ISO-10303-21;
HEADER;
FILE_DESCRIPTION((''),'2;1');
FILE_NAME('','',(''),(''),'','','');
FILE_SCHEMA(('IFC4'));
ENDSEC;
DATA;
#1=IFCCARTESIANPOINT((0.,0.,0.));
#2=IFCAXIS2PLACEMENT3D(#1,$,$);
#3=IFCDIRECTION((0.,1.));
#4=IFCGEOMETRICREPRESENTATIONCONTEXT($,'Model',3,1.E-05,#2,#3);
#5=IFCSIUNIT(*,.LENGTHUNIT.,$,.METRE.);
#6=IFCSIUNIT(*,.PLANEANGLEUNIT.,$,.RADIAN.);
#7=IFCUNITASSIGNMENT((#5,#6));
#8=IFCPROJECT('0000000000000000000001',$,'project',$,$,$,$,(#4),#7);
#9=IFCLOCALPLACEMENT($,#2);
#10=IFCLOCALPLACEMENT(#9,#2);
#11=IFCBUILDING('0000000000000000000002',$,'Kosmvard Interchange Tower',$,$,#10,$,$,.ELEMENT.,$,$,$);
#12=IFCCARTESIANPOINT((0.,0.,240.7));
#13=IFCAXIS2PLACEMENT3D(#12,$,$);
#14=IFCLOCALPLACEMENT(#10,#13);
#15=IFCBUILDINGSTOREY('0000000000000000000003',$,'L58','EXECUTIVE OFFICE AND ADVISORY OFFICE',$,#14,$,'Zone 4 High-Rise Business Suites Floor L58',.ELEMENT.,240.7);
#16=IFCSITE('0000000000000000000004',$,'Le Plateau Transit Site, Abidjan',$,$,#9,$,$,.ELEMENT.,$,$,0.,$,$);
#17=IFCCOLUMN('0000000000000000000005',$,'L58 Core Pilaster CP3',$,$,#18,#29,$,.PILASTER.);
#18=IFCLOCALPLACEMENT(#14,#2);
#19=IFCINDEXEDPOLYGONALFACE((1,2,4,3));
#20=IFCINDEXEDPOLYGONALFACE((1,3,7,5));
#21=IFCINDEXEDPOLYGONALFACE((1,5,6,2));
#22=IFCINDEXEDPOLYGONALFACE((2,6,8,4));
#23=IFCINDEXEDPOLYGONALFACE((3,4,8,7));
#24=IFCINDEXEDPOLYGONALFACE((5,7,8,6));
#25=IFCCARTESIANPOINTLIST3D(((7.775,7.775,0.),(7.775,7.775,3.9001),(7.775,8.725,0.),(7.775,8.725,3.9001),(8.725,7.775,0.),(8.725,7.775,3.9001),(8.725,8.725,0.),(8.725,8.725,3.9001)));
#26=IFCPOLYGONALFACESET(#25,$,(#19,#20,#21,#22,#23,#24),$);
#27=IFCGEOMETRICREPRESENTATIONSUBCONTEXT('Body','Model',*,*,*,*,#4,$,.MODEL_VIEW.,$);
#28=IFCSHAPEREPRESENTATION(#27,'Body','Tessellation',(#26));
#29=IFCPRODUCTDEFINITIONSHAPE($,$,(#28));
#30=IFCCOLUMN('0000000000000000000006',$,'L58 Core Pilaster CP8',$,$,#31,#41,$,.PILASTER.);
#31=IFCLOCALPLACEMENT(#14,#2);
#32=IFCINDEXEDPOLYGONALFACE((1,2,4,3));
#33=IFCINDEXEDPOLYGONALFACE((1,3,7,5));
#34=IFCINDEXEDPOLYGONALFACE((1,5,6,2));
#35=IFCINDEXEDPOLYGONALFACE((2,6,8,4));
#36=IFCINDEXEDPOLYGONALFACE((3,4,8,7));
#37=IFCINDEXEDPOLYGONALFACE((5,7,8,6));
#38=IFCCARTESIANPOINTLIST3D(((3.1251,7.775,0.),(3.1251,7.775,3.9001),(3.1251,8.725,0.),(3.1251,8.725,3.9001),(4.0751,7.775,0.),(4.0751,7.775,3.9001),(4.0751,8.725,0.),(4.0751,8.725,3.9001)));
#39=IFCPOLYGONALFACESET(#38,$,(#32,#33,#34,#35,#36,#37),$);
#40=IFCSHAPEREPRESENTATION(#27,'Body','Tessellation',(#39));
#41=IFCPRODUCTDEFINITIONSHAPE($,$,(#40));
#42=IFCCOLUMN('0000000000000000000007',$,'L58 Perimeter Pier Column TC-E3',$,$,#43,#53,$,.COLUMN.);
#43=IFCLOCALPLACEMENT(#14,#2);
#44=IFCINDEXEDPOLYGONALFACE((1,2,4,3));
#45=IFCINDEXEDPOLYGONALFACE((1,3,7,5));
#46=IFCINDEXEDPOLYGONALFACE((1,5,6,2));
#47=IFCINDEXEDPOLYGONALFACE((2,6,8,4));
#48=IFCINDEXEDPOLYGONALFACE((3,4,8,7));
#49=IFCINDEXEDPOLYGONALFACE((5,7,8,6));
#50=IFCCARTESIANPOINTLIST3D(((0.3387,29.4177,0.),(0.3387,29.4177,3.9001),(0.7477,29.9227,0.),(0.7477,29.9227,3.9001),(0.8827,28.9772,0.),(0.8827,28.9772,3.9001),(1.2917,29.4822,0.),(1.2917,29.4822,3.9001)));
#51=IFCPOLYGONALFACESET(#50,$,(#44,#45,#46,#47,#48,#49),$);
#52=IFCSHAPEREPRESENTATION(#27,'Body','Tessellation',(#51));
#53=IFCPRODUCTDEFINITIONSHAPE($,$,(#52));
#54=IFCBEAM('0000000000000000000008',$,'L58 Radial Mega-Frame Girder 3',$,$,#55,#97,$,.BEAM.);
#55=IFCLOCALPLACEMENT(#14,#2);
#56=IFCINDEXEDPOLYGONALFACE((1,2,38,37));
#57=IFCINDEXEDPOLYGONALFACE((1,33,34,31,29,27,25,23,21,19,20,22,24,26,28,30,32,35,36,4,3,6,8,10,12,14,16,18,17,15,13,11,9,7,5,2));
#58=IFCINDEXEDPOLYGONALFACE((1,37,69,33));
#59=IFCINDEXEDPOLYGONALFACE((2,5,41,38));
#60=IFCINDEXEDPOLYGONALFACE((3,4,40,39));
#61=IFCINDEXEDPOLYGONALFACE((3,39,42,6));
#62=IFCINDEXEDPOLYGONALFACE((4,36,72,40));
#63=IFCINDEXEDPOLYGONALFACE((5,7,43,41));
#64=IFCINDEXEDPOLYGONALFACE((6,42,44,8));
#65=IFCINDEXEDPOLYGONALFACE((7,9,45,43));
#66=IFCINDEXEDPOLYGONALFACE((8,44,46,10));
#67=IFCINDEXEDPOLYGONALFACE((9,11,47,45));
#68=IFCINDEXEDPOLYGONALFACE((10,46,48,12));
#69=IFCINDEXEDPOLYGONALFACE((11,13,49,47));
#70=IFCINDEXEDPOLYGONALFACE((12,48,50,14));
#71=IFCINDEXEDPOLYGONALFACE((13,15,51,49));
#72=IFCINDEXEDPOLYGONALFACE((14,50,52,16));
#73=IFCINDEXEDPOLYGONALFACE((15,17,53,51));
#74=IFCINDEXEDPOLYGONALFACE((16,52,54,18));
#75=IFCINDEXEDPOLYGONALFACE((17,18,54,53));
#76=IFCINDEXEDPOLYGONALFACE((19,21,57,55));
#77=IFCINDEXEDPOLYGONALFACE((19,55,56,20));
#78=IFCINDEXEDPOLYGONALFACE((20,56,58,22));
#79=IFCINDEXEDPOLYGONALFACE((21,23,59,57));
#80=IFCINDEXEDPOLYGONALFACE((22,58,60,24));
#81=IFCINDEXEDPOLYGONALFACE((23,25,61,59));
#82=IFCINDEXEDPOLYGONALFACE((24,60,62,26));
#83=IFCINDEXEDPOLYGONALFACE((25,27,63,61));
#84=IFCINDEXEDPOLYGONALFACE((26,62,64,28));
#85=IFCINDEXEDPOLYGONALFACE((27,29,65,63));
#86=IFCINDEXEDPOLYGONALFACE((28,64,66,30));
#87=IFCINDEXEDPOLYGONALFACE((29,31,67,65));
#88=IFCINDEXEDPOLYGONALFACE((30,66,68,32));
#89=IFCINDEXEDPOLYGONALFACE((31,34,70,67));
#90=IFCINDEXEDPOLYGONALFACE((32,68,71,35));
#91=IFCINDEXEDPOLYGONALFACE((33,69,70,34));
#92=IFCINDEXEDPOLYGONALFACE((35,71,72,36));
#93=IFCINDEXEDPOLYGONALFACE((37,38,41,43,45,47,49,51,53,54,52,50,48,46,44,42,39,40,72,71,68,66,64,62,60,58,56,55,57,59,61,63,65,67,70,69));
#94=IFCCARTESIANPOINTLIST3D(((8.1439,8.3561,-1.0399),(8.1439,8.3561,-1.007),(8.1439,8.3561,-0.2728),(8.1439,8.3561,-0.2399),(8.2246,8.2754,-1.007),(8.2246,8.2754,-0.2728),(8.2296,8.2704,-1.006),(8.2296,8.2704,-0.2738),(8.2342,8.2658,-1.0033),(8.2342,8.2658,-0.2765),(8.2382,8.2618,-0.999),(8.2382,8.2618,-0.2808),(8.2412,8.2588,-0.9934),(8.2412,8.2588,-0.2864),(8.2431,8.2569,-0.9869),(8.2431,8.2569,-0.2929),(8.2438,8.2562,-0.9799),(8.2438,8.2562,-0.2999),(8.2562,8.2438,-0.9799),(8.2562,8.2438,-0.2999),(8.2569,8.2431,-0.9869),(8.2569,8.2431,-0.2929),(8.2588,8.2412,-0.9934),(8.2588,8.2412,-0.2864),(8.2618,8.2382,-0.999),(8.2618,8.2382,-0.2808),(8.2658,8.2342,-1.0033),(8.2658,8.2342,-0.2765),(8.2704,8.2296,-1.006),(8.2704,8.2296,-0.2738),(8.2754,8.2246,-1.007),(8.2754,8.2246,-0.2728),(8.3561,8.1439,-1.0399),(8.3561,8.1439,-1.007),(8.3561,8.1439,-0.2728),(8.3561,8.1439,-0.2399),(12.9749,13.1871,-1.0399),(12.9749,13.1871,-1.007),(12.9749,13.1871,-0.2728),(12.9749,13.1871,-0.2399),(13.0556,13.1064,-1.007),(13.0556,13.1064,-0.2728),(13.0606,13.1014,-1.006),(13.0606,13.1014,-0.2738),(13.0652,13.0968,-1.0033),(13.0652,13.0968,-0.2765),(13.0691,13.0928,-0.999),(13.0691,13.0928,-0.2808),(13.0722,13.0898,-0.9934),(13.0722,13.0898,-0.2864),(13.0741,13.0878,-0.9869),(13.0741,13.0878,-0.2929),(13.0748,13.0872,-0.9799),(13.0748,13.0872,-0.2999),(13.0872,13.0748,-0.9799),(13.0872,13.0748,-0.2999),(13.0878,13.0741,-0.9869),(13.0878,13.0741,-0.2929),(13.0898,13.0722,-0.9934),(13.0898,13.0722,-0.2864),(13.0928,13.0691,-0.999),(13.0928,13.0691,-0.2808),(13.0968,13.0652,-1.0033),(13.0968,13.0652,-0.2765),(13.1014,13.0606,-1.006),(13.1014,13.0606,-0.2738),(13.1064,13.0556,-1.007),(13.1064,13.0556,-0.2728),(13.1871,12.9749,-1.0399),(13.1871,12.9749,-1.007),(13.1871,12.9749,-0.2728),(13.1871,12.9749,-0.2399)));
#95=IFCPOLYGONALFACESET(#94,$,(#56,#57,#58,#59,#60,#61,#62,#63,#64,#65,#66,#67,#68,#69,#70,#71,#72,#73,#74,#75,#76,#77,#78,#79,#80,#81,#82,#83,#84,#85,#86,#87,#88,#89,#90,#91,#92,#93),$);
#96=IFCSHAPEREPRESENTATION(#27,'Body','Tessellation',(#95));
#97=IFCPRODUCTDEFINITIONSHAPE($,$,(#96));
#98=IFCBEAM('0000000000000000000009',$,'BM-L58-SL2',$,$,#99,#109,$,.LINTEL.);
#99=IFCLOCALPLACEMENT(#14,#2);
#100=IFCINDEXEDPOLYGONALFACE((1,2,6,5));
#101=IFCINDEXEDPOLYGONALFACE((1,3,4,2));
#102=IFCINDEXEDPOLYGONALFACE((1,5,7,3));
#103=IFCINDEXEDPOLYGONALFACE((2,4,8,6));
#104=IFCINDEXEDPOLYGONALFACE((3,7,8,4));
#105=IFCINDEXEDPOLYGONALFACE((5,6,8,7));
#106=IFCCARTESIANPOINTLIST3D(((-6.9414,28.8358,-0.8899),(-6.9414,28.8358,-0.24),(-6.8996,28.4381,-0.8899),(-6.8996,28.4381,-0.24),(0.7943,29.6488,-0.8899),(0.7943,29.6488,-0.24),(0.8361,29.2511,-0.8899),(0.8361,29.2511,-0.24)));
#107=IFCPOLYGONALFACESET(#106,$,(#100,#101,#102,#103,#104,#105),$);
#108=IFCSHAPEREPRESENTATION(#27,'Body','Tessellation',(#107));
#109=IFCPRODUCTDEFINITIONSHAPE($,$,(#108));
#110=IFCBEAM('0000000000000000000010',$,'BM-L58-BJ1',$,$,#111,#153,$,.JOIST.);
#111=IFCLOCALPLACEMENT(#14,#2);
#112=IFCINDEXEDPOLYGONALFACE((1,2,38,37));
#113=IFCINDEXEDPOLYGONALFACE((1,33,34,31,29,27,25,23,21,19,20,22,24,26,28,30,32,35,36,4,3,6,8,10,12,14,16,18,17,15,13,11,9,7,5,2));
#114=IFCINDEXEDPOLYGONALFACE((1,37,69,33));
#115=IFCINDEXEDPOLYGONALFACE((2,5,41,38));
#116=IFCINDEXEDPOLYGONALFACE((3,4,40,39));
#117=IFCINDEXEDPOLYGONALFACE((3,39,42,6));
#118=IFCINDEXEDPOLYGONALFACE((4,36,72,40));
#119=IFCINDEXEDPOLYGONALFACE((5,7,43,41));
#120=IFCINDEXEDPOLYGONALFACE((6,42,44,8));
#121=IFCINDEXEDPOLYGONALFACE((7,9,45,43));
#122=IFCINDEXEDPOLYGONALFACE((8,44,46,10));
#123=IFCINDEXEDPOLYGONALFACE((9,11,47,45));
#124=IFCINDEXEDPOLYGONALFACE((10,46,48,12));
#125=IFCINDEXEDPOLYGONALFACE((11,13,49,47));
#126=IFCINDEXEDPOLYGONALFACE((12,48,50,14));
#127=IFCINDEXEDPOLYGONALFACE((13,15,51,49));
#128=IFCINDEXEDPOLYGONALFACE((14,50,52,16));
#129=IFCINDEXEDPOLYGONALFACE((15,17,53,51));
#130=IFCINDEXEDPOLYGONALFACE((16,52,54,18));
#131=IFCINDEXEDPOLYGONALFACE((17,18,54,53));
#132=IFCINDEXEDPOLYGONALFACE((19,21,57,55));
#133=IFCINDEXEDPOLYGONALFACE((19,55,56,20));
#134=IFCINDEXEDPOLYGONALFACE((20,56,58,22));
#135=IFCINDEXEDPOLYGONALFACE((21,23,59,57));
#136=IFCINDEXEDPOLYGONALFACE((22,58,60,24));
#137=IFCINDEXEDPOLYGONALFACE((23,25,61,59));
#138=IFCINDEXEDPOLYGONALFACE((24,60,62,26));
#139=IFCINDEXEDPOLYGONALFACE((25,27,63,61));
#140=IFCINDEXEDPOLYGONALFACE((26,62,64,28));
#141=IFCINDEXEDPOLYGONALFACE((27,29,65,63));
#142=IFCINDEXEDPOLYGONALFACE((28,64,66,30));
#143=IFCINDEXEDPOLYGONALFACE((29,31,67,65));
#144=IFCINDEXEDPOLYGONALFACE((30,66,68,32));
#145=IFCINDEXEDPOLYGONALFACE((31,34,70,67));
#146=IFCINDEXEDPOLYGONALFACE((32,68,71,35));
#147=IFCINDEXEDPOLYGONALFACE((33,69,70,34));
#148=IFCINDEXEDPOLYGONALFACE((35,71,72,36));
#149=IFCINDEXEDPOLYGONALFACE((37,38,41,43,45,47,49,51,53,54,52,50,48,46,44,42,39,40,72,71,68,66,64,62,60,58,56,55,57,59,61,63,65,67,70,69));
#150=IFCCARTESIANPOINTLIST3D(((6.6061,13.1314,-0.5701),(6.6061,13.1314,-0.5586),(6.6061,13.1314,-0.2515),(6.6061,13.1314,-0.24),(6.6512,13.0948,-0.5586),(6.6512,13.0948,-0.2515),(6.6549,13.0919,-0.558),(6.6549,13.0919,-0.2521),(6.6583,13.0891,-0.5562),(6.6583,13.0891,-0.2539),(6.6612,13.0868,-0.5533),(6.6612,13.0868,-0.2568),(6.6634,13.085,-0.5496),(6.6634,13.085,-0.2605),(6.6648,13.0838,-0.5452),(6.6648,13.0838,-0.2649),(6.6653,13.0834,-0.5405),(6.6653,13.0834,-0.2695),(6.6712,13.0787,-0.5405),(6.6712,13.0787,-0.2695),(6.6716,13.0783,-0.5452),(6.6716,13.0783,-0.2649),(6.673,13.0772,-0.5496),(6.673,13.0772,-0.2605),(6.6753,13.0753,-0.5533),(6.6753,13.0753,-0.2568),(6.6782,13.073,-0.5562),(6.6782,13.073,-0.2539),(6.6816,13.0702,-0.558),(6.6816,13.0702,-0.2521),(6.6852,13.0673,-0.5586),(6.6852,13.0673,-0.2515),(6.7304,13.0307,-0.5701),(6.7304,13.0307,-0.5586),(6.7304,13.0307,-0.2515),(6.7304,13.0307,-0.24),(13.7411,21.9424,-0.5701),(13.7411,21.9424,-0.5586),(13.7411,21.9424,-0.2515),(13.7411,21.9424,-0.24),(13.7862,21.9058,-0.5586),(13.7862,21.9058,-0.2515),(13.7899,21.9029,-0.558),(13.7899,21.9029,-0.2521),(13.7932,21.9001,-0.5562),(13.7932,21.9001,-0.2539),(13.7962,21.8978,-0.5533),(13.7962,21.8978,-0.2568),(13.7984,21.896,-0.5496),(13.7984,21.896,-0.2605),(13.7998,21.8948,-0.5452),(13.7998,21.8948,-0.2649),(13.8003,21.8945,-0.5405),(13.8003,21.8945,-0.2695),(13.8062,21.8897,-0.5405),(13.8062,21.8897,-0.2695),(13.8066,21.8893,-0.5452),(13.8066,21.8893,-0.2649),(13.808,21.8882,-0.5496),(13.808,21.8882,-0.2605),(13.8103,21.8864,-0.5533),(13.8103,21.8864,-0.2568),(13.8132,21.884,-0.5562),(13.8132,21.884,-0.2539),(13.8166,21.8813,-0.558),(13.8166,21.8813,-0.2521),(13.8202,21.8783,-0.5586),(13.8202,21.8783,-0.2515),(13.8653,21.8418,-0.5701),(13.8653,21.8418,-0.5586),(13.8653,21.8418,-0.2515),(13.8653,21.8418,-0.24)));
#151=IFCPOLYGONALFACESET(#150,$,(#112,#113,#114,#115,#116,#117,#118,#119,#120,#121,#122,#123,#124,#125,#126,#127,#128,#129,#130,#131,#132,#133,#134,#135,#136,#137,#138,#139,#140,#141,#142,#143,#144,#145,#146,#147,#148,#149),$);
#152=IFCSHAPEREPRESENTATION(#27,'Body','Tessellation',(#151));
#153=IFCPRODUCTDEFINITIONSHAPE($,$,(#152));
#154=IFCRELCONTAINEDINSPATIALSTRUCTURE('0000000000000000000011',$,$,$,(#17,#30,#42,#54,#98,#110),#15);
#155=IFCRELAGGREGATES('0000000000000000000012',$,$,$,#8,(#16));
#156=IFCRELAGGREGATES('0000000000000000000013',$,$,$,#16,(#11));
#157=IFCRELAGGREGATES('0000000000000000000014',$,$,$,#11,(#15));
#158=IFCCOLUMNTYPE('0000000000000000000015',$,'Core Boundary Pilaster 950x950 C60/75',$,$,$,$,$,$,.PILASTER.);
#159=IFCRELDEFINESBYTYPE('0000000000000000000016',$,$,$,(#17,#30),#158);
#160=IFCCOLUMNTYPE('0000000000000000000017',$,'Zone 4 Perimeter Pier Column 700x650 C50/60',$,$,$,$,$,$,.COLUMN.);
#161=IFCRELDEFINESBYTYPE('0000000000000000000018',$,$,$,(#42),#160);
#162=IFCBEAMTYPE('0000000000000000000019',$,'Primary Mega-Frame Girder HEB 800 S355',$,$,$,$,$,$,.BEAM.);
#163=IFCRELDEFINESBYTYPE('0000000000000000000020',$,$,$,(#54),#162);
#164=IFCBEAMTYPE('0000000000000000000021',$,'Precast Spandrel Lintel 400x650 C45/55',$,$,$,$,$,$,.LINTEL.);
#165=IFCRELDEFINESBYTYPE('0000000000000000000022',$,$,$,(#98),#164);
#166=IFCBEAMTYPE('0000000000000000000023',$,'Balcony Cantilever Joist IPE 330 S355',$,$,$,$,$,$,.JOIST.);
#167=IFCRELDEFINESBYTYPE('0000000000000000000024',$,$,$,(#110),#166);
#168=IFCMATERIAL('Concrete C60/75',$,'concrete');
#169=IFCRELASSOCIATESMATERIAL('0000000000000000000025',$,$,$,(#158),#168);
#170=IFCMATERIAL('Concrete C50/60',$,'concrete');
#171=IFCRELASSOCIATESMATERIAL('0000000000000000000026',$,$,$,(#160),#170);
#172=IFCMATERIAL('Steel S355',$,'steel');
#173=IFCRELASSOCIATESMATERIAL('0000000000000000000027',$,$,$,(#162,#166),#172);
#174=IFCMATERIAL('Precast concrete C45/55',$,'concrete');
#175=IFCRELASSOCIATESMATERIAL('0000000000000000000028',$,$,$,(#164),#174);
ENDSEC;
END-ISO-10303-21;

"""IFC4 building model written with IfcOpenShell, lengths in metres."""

from ifc_helpers import new_model, si_unit, direction, frame, origin, origin_2d, place, context, subcontext, project, spatial, rectangle, i_section, extrude, source, transform, mapped, material, material_profile, profile_set, type_object, element, save


model = new_model("IFC4")

# Units and contexts
model_context = context("Model", 3, precision=1e-05, world=origin(), true_north=direction((0.0, 1.0)))
body_context = subcontext(model_context, "Body", "Model", "MODEL_VIEW")
ifc_project = project(units=[si_unit("LENGTHUNIT", "METRE"), si_unit("PLANEANGLEUNIT", "RADIAN")], contexts=[model_context])

# Site, building, storey
site_placement = place(None, origin())
site = spatial("IfcSite", under=ifc_project, at=site_placement, Name="Le Plateau Transit Site, Abidjan", CompositionType="ELEMENT", RefElevation=0.0)
building_placement = place(site_placement, origin())
building = spatial("IfcBuilding", under=site, at=building_placement, Name="Kosmvard Interchange Tower", CompositionType="ELEMENT")
storey_placement = place(building_placement, frame((0.0, 0.0, 240.7)))
storey = spatial("IfcBuildingStorey", under=building, at=storey_placement, Name="L58", Description="EXECUTIVE OFFICE AND ADVISORY OFFICE", LongName="Zone 4 High-Rise Business Suites Floor L58", CompositionType="ELEMENT", Elevation=240.7)

# Columns
ifc_material_1 = material(Name="Concrete C60/75", Category="concrete")
ifc_material_profile_1 = material_profile(ifc_material_1, rectangle(XDim=0.95, YDim=0.95, at=origin_2d()), Name="CP 950x950")
ifc_profile_set_1 = profile_set([ifc_material_profile_1], Name="Concrete C60/75")
column_type_1 = type_object("IfcColumnType", Name="Core Boundary Pilaster 950x950 C60/75", PredefinedType="PILASTER", material=ifc_profile_set_1)
shared_shape_1 = source(origin(), body_context, "Body", "SweptSolid", [
    extrude(rectangle(XDim=0.95, YDim=0.95, at=origin_2d()), origin(), (0.0, 0.0, 1.0), 3.9001),
])
for number, where, z_axis, x_axis, name in (
    (1, (8.25, 8.25, 0.0), (0.0, 0.0, 1.0), (1.0, 0.0, 0.0), "L58 Core Pilaster CP3"),
    (2, (3.6001, 8.25, 0.0), (0.0, 0.0, 1.0), (1.0, 0.0, 0.0), "L58 Core Pilaster CP8"),
):
    element("IfcColumn", number, at=place(storey_placement, frame(where, z_axis=z_axis, x_axis=x_axis)), inside=storey, type_object=column_type_1, Name=name, PredefinedType="PILASTER", context=body_context, shape_type="MappedRepresentation", body=[
        mapped(shared_shape_1, transform((0.0, 0.0, 0.0), scale=1.0)),
    ])
ifc_material_2 = material(Name="Concrete C50/60", Category="concrete")
ifc_material_profile_2 = material_profile(ifc_material_2, rectangle(XDim=0.6499, YDim=0.7, at=origin_2d()), Name="TC 700x650")
ifc_profile_set_2 = profile_set([ifc_material_profile_2], Name="Concrete C50/60")
column_type_2 = type_object("IfcColumnType", Name="Zone 4 Perimeter Pier Column 700x650 C50/60", PredefinedType="COLUMN", material=ifc_profile_set_2)
shared_shape_2 = source(origin(), body_context, "Body", "SweptSolid", [
    extrude(rectangle(XDim=0.6499, YDim=0.7, at=origin_2d()), origin(), (0.0, 0.0, 1.0), 3.9001),
])
column_placement = place(storey_placement, frame((0.8152, 29.45, 0.0), z_axis=(0.0, 0.0, 1.0), x_axis=(0.62932, 0.777146, 0.0)))
element("IfcColumn", 3, at=column_placement, inside=storey, type_object=column_type_2, Name="L58 Perimeter Pier Column TC-E3", PredefinedType="COLUMN", context=body_context, shape_type="MappedRepresentation", body=[
    mapped(shared_shape_2, transform((0.0, 0.0, 0.0), scale=1.0)),
])

# Beams
ifc_material_3 = material(Name="Steel S355", Category="steel")
ifc_material_profile_3 = material_profile(ifc_material_3, i_section(OverallWidth=0.3, OverallDepth=0.8, WebThickness=0.0176, FlangeThickness=0.033, FilletRadius=0.0271, at=origin_2d()), Name="HEB 800")
ifc_profile_set_3 = profile_set([ifc_material_profile_3], Name="Steel S355")
beam_type_1 = type_object("IfcBeamType", Name="Primary Mega-Frame Girder HEB 800 S355", PredefinedType="BEAM", material=ifc_profile_set_3)
shared_shape_3 = source(origin(), body_context, "Body", "SweptSolid", [
    extrude(i_section(OverallWidth=0.3, OverallDepth=0.8, WebThickness=0.0176, FlangeThickness=0.033, FilletRadius=0.0271, at=origin_2d()), origin(), (0.0, 0.0, 1.0), 6.832),
])
beam_1_placement = place(storey_placement, frame((8.25, 8.25, -0.6399), z_axis=(0.707107, 0.707107, 0.0), x_axis=(-0.707107, 0.707107, 0.0)))
element("IfcBeam", 4, at=beam_1_placement, inside=storey, type_object=beam_type_1, Name="L58 Radial Mega-Frame Girder 3", PredefinedType="BEAM", context=body_context, shape_type="MappedRepresentation", body=[
    mapped(shared_shape_3, transform((0.0, 0.0, 0.0), scale=1.0)),
])
ifc_material_4 = material(Name="Precast concrete C45/55", Category="concrete")
ifc_material_profile_4 = material_profile(ifc_material_4, rectangle(XDim=0.3999, YDim=0.6499, at=origin_2d()), Name="SL 400x650")
ifc_profile_set_4 = profile_set([ifc_material_profile_4], Name="Precast concrete C45/55")
beam_type_2 = type_object("IfcBeamType", Name="Precast Spandrel Lintel 400x650 C45/55", PredefinedType="LINTEL", material=ifc_profile_set_4)
shared_shape_4 = source(origin(), body_context, "Body", "SweptSolid", [
    extrude(rectangle(XDim=0.3999, YDim=0.6499, at=origin_2d()), origin(), (0.0, 0.0, 1.0), 7.7783),
])
beam_2_placement = place(storey_placement, frame((0.8152, 29.45, -0.5649), z_axis=(-0.994523, -0.104521, 0.0), x_axis=(0.104521, -0.994523, 0.0)))
element("IfcBeam", 5, at=beam_2_placement, inside=storey, type_object=beam_type_2, Name="BM-L58-SL2", PredefinedType="LINTEL", context=body_context, shape_type="MappedRepresentation", body=[
    mapped(shared_shape_4, transform((0.0, 0.0, 0.0), scale=1.0)),
])
ifc_material_profile_5 = material_profile(ifc_material_3, i_section(OverallWidth=0.1599, OverallDepth=0.3301, WebThickness=0.0076, FlangeThickness=0.0115, FilletRadius=0.0181, at=origin_2d()), Name="IPE 330")
ifc_profile_set_5 = profile_set([ifc_material_profile_5], Name="Steel S355")
beam_type_3 = type_object("IfcBeamType", Name="Balcony Cantilever Joist IPE 330 S355", PredefinedType="JOIST", material=ifc_profile_set_5)
shared_shape_5 = source(origin(), body_context, "Body", "SweptSolid", [
    extrude(i_section(OverallWidth=0.1599, OverallDepth=0.3301, WebThickness=0.0076, FlangeThickness=0.0115, FilletRadius=0.0181, at=origin_2d()), origin(), (0.0, 0.0, 1.0), 11.3376),
])
beam_3_placement = place(storey_placement, frame((6.6682, 13.0811, -0.405), z_axis=(0.629319, 0.777147, 0.0), x_axis=(-0.777147, 0.629319, 0.0)))
element("IfcBeam", 6, at=beam_3_placement, inside=storey, type_object=beam_type_3, Name="BM-L58-BJ1", PredefinedType="JOIST", context=body_context, shape_type="MappedRepresentation", body=[
    mapped(shared_shape_5, transform((0.0, 0.0, 0.0), scale=1.0)),
])

save(model, "model.ifc")
